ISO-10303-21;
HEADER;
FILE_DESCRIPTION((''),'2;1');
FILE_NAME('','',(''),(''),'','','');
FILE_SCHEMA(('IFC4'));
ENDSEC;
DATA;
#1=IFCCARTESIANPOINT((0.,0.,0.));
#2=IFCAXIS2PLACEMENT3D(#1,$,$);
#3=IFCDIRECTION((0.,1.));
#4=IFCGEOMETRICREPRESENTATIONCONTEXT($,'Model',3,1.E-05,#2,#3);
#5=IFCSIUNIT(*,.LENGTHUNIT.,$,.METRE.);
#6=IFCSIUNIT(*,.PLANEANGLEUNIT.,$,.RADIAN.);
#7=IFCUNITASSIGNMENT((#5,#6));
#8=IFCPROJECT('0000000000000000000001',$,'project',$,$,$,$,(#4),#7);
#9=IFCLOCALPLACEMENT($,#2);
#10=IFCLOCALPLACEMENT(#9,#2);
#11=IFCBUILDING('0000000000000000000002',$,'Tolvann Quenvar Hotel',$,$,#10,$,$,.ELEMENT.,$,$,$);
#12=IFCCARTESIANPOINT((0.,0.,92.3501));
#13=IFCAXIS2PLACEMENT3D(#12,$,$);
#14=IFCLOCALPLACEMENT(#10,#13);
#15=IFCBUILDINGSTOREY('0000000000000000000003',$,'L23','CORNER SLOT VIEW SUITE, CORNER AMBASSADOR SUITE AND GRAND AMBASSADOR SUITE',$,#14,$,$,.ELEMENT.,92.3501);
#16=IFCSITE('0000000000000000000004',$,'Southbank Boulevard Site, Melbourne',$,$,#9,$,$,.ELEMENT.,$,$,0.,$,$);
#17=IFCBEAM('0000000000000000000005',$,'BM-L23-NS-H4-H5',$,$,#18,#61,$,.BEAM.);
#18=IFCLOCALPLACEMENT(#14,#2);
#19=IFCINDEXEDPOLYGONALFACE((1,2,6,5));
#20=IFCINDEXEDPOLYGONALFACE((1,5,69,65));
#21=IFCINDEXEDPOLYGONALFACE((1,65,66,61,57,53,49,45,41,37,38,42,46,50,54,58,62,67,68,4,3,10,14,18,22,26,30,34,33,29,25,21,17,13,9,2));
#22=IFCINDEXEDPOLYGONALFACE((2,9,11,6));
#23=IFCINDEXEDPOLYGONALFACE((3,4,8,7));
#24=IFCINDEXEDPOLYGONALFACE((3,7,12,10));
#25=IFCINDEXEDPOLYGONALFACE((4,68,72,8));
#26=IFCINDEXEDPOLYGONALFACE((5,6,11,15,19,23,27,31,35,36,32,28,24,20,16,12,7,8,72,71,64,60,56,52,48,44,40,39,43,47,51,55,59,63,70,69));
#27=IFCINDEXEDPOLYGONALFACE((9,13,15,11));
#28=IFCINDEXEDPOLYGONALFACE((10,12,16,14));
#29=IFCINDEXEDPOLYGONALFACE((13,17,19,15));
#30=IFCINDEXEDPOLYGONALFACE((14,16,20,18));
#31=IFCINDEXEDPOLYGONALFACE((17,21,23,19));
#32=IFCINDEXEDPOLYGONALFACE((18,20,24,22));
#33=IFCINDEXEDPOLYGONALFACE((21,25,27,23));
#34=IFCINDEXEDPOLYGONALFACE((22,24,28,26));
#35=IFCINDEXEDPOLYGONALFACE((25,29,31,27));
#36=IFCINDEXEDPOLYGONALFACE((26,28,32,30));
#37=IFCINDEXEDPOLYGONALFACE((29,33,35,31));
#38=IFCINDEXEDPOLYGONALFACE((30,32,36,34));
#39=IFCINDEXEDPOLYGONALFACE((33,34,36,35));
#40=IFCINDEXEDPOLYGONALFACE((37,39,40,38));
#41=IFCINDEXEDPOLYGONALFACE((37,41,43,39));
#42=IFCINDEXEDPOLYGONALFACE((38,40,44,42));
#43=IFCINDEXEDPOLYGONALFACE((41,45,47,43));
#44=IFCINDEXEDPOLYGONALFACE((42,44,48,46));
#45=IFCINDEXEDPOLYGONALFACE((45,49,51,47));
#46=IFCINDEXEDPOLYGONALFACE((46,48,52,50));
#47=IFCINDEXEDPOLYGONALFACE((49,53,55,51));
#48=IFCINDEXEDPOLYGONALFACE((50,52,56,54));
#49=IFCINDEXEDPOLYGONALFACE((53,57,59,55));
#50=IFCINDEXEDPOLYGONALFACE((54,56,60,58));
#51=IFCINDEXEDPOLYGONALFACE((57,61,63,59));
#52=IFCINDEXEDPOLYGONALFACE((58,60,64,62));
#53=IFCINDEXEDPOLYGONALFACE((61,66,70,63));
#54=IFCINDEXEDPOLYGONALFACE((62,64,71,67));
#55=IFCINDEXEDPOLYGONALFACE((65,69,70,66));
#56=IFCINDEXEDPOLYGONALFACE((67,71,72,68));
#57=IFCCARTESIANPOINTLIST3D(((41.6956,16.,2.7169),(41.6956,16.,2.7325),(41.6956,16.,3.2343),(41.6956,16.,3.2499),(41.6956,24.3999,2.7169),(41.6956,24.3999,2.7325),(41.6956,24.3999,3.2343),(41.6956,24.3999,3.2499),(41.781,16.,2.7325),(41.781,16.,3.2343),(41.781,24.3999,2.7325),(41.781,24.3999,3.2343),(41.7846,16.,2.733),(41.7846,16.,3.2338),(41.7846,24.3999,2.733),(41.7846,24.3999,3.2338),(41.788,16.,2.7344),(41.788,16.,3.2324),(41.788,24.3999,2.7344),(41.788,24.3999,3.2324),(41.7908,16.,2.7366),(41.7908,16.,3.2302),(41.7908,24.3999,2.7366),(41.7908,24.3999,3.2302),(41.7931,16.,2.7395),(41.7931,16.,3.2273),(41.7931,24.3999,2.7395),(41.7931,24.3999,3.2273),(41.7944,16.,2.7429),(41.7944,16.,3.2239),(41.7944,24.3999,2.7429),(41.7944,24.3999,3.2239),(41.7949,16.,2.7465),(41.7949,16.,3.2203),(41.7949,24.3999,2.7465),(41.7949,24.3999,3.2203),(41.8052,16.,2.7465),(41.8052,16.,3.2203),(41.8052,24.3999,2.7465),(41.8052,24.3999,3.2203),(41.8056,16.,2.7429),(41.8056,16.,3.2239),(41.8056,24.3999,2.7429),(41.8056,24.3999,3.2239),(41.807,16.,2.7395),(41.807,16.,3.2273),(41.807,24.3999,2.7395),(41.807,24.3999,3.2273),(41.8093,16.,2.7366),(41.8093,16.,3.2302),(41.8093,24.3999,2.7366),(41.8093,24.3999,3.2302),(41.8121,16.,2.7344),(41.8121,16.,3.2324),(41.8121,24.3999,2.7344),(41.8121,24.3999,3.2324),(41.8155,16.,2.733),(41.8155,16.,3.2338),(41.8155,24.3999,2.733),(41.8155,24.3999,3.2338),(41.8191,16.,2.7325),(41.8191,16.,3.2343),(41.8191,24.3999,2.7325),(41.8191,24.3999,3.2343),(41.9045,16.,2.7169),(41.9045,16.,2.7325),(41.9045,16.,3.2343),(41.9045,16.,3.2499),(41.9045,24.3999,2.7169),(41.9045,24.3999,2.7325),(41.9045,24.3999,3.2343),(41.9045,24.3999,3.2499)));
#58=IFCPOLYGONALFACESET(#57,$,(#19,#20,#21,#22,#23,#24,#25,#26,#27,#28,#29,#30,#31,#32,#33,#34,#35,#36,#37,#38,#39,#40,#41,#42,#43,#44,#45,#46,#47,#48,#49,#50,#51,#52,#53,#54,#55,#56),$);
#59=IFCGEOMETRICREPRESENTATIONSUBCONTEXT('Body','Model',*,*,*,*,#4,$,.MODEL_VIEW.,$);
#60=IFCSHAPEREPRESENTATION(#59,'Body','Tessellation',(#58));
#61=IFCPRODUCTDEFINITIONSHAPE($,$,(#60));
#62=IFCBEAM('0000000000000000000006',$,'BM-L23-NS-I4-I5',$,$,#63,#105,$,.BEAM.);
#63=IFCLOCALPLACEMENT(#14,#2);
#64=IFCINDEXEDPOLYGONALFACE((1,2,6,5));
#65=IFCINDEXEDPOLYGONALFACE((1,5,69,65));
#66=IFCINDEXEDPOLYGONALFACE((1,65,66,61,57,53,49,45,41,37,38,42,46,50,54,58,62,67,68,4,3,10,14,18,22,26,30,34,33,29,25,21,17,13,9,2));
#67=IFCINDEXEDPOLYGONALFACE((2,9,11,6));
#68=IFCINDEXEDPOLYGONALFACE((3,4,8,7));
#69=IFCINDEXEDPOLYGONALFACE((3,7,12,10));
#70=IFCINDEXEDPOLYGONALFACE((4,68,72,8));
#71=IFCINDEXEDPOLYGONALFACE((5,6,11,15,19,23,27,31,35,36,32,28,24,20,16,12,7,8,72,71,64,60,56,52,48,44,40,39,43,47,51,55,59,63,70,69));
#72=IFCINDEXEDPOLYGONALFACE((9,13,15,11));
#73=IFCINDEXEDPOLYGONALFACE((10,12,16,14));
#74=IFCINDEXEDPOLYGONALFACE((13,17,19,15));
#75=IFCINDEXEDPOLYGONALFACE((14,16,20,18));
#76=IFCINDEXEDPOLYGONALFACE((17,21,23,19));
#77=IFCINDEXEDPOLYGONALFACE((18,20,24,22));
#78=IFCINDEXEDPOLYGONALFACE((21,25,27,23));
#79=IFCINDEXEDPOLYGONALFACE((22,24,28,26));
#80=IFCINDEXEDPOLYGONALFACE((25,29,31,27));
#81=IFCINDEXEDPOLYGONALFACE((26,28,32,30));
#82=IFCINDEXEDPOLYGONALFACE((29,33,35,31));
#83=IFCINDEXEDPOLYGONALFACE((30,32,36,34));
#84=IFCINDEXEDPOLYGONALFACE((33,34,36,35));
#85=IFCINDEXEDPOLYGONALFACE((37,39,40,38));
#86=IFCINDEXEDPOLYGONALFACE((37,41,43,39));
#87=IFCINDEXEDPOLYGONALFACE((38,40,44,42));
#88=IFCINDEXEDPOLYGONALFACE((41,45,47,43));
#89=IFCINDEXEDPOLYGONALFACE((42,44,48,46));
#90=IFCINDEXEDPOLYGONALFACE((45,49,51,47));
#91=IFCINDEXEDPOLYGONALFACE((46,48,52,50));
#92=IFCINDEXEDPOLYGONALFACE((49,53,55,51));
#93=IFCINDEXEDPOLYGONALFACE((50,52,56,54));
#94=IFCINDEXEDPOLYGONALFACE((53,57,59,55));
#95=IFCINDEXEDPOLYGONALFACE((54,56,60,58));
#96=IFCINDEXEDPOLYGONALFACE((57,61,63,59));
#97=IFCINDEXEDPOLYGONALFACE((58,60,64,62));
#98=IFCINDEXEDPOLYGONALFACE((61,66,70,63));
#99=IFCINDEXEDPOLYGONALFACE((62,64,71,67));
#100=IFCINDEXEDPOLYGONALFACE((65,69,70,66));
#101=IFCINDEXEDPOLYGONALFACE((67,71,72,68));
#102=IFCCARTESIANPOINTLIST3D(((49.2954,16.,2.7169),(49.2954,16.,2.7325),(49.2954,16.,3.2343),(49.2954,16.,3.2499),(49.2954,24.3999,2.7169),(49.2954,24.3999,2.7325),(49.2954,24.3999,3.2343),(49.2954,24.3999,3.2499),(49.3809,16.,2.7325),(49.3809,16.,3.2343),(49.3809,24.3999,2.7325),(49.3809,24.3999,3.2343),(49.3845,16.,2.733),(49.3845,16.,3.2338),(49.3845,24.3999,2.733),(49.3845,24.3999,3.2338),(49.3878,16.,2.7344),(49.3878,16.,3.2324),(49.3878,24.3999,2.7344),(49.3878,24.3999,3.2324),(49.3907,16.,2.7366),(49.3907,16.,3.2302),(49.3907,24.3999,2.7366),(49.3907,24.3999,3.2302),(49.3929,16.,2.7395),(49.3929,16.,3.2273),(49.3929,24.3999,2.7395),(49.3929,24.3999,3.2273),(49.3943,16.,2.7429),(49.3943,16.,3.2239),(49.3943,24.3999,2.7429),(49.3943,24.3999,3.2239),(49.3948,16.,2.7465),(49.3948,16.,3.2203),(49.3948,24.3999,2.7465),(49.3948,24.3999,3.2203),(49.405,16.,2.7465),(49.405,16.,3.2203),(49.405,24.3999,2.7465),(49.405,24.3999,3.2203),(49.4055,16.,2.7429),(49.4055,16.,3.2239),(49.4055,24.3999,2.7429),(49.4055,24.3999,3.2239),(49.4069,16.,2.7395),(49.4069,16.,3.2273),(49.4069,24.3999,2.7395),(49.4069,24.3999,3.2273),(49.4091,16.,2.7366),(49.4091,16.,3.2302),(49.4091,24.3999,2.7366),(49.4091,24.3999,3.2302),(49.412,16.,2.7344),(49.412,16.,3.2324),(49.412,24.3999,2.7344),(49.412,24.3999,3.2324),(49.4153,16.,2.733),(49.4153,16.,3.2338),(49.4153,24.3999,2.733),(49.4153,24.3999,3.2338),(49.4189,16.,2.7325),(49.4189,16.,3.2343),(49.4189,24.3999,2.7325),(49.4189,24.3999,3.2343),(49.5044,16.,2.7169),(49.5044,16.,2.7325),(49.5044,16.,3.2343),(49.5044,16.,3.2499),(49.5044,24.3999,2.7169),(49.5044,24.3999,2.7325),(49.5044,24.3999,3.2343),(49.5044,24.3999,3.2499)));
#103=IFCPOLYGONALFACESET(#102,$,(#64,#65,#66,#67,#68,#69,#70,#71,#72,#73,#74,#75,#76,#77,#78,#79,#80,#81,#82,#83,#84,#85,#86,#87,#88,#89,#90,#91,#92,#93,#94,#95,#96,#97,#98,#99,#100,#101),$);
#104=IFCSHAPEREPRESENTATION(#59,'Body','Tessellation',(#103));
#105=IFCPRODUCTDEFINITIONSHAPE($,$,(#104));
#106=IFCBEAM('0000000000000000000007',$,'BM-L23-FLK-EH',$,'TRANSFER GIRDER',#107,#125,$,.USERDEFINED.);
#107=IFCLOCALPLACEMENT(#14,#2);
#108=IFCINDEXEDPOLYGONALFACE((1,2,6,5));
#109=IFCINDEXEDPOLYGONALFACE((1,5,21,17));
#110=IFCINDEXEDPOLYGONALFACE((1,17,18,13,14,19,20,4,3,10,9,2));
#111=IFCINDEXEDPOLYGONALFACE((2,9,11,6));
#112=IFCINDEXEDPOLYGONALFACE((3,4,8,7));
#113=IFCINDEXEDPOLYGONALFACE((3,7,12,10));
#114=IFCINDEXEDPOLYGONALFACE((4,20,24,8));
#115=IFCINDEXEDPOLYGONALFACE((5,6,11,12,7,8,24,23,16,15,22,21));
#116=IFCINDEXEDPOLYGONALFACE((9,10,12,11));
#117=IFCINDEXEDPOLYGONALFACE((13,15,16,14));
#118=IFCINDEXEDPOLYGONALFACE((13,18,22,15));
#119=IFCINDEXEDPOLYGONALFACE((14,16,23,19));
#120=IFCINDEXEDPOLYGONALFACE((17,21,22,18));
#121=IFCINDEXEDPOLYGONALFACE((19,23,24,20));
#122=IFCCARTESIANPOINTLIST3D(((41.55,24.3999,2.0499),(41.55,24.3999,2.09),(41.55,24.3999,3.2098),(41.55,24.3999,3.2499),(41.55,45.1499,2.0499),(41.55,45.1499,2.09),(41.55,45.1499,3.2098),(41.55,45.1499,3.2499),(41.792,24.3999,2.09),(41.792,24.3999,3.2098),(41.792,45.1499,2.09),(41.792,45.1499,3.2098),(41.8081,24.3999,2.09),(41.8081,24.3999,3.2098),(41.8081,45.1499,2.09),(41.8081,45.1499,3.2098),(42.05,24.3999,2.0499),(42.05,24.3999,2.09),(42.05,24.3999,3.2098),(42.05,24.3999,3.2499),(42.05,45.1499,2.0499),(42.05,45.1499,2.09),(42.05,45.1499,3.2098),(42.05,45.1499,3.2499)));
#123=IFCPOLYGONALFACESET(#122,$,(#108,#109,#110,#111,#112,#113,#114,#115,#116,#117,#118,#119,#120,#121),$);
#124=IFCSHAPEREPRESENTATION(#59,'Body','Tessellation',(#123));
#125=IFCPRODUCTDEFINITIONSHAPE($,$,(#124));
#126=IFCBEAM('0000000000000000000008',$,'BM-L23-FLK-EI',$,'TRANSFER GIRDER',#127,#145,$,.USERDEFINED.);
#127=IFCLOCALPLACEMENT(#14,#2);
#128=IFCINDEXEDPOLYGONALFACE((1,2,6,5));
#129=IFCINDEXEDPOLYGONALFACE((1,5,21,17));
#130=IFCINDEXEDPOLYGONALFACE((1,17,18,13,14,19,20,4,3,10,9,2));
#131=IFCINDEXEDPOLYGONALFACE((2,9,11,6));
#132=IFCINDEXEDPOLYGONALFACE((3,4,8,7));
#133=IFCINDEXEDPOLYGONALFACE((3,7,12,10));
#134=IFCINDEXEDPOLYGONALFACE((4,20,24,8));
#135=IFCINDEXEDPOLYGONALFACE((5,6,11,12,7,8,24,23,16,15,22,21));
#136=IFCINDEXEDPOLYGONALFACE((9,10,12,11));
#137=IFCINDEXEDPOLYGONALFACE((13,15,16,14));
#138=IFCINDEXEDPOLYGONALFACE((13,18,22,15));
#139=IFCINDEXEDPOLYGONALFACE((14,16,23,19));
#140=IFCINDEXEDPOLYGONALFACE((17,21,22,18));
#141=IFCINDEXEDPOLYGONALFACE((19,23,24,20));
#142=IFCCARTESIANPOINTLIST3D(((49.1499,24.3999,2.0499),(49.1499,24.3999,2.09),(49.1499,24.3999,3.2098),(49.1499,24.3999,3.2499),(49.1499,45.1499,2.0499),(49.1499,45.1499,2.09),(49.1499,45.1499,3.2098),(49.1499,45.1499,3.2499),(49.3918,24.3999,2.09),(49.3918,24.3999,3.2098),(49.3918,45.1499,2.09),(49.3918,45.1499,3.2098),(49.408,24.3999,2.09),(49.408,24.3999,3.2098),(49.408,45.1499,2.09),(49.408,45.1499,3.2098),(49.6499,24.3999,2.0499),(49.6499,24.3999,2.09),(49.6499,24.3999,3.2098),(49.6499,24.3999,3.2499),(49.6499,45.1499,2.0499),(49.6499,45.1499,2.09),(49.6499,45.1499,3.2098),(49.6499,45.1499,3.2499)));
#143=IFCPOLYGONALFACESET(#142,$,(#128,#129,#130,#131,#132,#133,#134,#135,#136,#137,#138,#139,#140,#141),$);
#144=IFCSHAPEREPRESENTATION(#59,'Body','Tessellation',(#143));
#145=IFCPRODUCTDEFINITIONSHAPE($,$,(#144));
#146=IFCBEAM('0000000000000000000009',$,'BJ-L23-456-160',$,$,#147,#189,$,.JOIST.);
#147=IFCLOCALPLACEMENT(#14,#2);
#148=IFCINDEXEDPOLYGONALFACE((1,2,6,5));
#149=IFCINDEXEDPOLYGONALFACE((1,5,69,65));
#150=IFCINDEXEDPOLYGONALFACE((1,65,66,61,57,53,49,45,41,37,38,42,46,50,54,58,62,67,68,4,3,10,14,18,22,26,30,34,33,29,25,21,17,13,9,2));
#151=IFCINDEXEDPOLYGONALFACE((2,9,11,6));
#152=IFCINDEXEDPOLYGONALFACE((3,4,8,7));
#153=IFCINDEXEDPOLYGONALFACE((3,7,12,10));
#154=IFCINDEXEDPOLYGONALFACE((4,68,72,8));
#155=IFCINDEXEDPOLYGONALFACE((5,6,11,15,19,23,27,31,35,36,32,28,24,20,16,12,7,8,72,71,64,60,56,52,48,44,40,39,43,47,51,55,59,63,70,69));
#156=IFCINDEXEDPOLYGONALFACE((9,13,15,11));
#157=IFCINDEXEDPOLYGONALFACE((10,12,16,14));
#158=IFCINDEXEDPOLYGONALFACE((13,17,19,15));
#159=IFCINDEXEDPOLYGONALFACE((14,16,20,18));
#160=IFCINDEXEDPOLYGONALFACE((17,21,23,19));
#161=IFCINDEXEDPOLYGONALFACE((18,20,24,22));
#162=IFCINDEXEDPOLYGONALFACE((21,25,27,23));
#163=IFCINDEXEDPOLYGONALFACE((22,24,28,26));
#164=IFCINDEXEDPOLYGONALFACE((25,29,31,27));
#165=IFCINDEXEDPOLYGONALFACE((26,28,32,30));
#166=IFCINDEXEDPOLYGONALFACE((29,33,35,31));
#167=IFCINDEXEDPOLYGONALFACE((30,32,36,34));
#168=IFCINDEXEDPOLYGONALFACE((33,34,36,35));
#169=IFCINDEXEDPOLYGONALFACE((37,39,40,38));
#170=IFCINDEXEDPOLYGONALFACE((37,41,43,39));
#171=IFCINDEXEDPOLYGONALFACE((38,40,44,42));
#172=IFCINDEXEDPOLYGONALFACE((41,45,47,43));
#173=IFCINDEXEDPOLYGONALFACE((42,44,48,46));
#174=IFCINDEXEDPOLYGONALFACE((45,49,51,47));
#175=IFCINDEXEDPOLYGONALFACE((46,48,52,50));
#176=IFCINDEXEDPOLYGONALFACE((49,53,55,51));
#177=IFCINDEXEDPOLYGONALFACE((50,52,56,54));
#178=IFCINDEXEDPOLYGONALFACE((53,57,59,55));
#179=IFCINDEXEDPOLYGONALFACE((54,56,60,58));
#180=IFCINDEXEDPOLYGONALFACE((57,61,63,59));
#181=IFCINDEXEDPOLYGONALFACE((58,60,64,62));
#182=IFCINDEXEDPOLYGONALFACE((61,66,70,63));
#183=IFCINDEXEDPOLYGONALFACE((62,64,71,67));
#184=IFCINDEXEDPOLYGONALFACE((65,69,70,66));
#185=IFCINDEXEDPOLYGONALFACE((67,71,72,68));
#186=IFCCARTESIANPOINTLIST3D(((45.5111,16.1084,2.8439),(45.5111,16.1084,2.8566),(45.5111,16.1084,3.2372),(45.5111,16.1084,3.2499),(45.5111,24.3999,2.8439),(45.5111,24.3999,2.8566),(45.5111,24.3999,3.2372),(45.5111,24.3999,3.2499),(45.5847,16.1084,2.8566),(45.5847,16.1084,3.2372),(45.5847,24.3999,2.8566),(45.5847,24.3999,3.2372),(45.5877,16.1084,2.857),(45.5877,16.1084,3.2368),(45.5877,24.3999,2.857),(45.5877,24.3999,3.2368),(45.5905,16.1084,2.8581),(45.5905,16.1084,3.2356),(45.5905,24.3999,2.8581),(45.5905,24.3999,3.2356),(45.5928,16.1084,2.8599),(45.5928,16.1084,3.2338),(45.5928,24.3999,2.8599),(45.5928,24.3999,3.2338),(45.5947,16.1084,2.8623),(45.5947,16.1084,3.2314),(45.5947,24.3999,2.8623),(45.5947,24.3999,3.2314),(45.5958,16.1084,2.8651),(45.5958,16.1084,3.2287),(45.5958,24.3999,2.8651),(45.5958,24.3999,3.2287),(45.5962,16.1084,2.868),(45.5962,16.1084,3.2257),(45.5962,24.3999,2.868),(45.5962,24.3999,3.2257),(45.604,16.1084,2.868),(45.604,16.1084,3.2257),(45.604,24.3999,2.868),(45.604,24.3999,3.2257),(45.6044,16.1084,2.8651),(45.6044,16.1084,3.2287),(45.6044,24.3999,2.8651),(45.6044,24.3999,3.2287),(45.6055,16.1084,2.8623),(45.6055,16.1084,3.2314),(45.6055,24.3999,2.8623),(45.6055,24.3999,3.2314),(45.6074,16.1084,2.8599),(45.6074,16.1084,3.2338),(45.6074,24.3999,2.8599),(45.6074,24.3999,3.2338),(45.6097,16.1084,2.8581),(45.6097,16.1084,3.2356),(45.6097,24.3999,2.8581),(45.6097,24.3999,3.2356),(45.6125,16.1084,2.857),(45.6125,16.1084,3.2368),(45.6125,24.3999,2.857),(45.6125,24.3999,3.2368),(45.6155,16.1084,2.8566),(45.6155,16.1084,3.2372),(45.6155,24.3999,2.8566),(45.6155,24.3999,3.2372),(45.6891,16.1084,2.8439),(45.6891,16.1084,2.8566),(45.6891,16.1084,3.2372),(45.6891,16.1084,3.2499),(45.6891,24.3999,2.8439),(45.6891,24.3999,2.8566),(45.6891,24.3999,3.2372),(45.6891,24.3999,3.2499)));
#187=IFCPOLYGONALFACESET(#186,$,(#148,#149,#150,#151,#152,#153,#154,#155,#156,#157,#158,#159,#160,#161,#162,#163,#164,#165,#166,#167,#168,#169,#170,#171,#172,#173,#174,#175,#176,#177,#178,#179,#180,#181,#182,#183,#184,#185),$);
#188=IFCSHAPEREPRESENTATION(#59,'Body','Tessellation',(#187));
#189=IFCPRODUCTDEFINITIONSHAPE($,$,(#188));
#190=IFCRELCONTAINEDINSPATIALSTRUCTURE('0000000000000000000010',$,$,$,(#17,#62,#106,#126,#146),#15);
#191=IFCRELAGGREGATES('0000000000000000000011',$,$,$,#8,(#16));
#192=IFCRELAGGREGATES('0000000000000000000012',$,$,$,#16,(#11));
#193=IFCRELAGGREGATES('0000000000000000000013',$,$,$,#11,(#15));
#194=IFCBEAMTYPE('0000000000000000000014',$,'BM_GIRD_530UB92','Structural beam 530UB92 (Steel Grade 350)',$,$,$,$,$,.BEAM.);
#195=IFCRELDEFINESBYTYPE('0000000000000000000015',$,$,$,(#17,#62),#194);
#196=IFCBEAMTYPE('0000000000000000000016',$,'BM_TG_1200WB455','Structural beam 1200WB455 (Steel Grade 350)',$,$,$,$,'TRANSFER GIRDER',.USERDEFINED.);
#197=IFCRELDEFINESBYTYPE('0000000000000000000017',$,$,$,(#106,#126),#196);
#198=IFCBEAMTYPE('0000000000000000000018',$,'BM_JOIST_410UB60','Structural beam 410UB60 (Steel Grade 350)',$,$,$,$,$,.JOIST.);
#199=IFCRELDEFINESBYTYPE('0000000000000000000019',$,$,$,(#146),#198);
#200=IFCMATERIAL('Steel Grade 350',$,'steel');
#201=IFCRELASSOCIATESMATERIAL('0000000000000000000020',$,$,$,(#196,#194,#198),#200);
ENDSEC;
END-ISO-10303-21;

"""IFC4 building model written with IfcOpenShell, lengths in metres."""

from ifc_helpers import new_model, si_unit, direction, frame, origin, origin_2d, place, context, subcontext, project, spatial, i_section, extrude, source, transform, mapped, material, material_profile, profile_set, type_object, type_shapes, element, save


model = new_model("IFC4")

# Units and contexts
model_context = context("Model", 3, precision=1e-05, world=origin(), true_north=direction((0.0, 1.0)))
body_context = subcontext(model_context, "Body", "Model", "MODEL_VIEW")
ifc_project = project(units=[si_unit("LENGTHUNIT", "METRE"), si_unit("PLANEANGLEUNIT", "RADIAN")], contexts=[model_context])

# Site, building, storey
site_placement = place(None, origin())
site = spatial("IfcSite", under=ifc_project, at=site_placement, Name="Southbank Boulevard Site, Melbourne", CompositionType="ELEMENT", RefElevation=0.0)
building_placement = place(site_placement, origin())
building = spatial("IfcBuilding", under=site, at=building_placement, Name="Tolvann Quenvar Hotel", CompositionType="ELEMENT")
storey_placement = place(building_placement, frame((0.0, 0.0, 92.3501)))
storey = spatial("IfcBuildingStorey", under=building, at=storey_placement, Name="L23", Description="CORNER SLOT VIEW SUITE, CORNER AMBASSADOR SUITE AND GRAND AMBASSADOR SUITE", CompositionType="ELEMENT", Elevation=92.3501)

# Shared definitions
ifc_material_1 = material(Name="Steel Grade 350", Category="steel")

# Beams
ifc_material_profile_1 = material_profile(ifc_material_1, i_section(OverallWidth=0.5, OverallDepth=1.2, WebThickness=0.0161, FlangeThickness=0.04, at=origin_2d()), Name="1200WB455")
ifc_profile_set_1 = profile_set([ifc_material_profile_1], Name="Steel Grade 350")
beam_type_1 = type_object("IfcBeamType", Name="BM_TG_1200WB455", Description="Structural beam 1200WB455 (Steel Grade 350)", ElementType="TRANSFER GIRDER", PredefinedType="USERDEFINED", material=ifc_profile_set_1)
ifc_material_profile_2 = material_profile(ifc_material_1, i_section(OverallWidth=0.209, OverallDepth=0.533, WebThickness=0.0103, FlangeThickness=0.0156, FilletRadius=0.0139, at=origin_2d()), Name="530UB92")
ifc_profile_set_2 = profile_set([ifc_material_profile_2], Name="Steel Grade 350")
beam_type_2 = type_object("IfcBeamType", Name="BM_GIRD_530UB92", Description="Structural beam 530UB92 (Steel Grade 350)", PredefinedType="BEAM", material=ifc_profile_set_2)
shared_shape_1 = source(origin(), body_context, "Body", "SweptSolid", [
    extrude(i_section(OverallWidth=0.209, OverallDepth=0.533, WebThickness=0.0103, FlangeThickness=0.0156, FilletRadius=0.0139, at=origin_2d()), origin(), (0.0, 0.0, 1.0), 8.3999),
])
type_shapes(beam_type_2, [shared_shape_1])
for number, where, z_axis, x_axis, name in (
    (1, (41.8, 16.0, 2.9834), (0.0, 1.0, 0.0), (-1.0, 0.0, 0.0), "BM-L23-NS-H4-H5"),
    (2, (49.3999, 16.0, 2.9834), (0.0, 1.0, 0.0), (-1.0, 0.0, 0.0), "BM-L23-NS-I4-I5"),
):
    element("IfcBeam", number, at=place(storey_placement, frame(where, z_axis=z_axis, x_axis=x_axis)), inside=storey, type_object=beam_type_2, Name=name, PredefinedType="BEAM", context=body_context, shape_type="MappedRepresentation", body=[
        mapped(shared_shape_1, transform((0.0, 0.0, 0.0), x_axis=(1.0, 0.0, 0.0), y_axis=(0.0, 1.0, 0.0), z_axis=(0.0, 0.0, 1.0), scale=1.0)),
    ])
shared_shape_2 = source(origin(), body_context, "Body", "SweptSolid", [
    extrude(i_section(OverallWidth=0.5, OverallDepth=1.2, WebThickness=0.0161, FlangeThickness=0.04, at=origin_2d()), origin(), (0.0, 0.0, 1.0), 20.75),
])
for number, where, z_axis, x_axis, name in (
    (3, (41.8, 24.3999, 2.6499), (0.0, 1.0, 0.0), (-1.0, 0.0, 0.0), "BM-L23-FLK-EH"),
    (4, (49.3999, 24.3999, 2.6499), (0.0, 1.0, 0.0), (-1.0, 0.0, 0.0), "BM-L23-FLK-EI"),
):
    element("IfcBeam", number, at=place(storey_placement, frame(where, z_axis=z_axis, x_axis=x_axis)), inside=storey, type_object=beam_type_1, Name=name, ObjectType="TRANSFER GIRDER", PredefinedType="USERDEFINED", context=body_context, shape_type="MappedRepresentation", body=[
        mapped(shared_shape_2, transform((0.0, 0.0, 0.0), x_axis=(1.0, 0.0, 0.0), y_axis=(0.0, 1.0, 0.0), z_axis=(0.0, 0.0, 1.0), scale=1.0)),
    ])
ifc_material_profile_3 = material_profile(ifc_material_1, i_section(OverallWidth=0.178, OverallDepth=0.406, WebThickness=0.0078, FlangeThickness=0.0127, FilletRadius=0.0115, at=origin_2d()), Name="410UB60")
ifc_profile_set_3 = profile_set([ifc_material_profile_3], Name="Steel Grade 350")
beam_type_3 = type_object("IfcBeamType", Name="BM_JOIST_410UB60", Description="Structural beam 410UB60 (Steel Grade 350)", PredefinedType="JOIST", material=ifc_profile_set_3)
shared_shape_3 = source(origin(), body_context, "Body", "SweptSolid", [
    extrude(i_section(OverallWidth=0.178, OverallDepth=0.406, WebThickness=0.0078, FlangeThickness=0.0127, FilletRadius=0.0115, at=origin_2d()), origin(), (0.0, 0.0, 1.0), 8.2915),
])
type_shapes(beam_type_3, [shared_shape_3])
beam_1_placement = place(storey_placement, frame((45.6001, 16.1084, 3.0469), z_axis=(0.0, 1.0, 0.0), x_axis=(-1.0, 0.0, 0.0)))
element("IfcBeam", 5, at=beam_1_placement, inside=storey, type_object=beam_type_3, Name="BJ-L23-456-160", PredefinedType="JOIST", context=body_context, shape_type="MappedRepresentation", body=[
    mapped(shared_shape_3, transform((0.0, 0.0, 0.0), x_axis=(1.0, 0.0, 0.0), y_axis=(0.0, 1.0, 0.0), z_axis=(0.0, 0.0, 1.0), scale=1.0)),
])

save(model, "model.ifc")
